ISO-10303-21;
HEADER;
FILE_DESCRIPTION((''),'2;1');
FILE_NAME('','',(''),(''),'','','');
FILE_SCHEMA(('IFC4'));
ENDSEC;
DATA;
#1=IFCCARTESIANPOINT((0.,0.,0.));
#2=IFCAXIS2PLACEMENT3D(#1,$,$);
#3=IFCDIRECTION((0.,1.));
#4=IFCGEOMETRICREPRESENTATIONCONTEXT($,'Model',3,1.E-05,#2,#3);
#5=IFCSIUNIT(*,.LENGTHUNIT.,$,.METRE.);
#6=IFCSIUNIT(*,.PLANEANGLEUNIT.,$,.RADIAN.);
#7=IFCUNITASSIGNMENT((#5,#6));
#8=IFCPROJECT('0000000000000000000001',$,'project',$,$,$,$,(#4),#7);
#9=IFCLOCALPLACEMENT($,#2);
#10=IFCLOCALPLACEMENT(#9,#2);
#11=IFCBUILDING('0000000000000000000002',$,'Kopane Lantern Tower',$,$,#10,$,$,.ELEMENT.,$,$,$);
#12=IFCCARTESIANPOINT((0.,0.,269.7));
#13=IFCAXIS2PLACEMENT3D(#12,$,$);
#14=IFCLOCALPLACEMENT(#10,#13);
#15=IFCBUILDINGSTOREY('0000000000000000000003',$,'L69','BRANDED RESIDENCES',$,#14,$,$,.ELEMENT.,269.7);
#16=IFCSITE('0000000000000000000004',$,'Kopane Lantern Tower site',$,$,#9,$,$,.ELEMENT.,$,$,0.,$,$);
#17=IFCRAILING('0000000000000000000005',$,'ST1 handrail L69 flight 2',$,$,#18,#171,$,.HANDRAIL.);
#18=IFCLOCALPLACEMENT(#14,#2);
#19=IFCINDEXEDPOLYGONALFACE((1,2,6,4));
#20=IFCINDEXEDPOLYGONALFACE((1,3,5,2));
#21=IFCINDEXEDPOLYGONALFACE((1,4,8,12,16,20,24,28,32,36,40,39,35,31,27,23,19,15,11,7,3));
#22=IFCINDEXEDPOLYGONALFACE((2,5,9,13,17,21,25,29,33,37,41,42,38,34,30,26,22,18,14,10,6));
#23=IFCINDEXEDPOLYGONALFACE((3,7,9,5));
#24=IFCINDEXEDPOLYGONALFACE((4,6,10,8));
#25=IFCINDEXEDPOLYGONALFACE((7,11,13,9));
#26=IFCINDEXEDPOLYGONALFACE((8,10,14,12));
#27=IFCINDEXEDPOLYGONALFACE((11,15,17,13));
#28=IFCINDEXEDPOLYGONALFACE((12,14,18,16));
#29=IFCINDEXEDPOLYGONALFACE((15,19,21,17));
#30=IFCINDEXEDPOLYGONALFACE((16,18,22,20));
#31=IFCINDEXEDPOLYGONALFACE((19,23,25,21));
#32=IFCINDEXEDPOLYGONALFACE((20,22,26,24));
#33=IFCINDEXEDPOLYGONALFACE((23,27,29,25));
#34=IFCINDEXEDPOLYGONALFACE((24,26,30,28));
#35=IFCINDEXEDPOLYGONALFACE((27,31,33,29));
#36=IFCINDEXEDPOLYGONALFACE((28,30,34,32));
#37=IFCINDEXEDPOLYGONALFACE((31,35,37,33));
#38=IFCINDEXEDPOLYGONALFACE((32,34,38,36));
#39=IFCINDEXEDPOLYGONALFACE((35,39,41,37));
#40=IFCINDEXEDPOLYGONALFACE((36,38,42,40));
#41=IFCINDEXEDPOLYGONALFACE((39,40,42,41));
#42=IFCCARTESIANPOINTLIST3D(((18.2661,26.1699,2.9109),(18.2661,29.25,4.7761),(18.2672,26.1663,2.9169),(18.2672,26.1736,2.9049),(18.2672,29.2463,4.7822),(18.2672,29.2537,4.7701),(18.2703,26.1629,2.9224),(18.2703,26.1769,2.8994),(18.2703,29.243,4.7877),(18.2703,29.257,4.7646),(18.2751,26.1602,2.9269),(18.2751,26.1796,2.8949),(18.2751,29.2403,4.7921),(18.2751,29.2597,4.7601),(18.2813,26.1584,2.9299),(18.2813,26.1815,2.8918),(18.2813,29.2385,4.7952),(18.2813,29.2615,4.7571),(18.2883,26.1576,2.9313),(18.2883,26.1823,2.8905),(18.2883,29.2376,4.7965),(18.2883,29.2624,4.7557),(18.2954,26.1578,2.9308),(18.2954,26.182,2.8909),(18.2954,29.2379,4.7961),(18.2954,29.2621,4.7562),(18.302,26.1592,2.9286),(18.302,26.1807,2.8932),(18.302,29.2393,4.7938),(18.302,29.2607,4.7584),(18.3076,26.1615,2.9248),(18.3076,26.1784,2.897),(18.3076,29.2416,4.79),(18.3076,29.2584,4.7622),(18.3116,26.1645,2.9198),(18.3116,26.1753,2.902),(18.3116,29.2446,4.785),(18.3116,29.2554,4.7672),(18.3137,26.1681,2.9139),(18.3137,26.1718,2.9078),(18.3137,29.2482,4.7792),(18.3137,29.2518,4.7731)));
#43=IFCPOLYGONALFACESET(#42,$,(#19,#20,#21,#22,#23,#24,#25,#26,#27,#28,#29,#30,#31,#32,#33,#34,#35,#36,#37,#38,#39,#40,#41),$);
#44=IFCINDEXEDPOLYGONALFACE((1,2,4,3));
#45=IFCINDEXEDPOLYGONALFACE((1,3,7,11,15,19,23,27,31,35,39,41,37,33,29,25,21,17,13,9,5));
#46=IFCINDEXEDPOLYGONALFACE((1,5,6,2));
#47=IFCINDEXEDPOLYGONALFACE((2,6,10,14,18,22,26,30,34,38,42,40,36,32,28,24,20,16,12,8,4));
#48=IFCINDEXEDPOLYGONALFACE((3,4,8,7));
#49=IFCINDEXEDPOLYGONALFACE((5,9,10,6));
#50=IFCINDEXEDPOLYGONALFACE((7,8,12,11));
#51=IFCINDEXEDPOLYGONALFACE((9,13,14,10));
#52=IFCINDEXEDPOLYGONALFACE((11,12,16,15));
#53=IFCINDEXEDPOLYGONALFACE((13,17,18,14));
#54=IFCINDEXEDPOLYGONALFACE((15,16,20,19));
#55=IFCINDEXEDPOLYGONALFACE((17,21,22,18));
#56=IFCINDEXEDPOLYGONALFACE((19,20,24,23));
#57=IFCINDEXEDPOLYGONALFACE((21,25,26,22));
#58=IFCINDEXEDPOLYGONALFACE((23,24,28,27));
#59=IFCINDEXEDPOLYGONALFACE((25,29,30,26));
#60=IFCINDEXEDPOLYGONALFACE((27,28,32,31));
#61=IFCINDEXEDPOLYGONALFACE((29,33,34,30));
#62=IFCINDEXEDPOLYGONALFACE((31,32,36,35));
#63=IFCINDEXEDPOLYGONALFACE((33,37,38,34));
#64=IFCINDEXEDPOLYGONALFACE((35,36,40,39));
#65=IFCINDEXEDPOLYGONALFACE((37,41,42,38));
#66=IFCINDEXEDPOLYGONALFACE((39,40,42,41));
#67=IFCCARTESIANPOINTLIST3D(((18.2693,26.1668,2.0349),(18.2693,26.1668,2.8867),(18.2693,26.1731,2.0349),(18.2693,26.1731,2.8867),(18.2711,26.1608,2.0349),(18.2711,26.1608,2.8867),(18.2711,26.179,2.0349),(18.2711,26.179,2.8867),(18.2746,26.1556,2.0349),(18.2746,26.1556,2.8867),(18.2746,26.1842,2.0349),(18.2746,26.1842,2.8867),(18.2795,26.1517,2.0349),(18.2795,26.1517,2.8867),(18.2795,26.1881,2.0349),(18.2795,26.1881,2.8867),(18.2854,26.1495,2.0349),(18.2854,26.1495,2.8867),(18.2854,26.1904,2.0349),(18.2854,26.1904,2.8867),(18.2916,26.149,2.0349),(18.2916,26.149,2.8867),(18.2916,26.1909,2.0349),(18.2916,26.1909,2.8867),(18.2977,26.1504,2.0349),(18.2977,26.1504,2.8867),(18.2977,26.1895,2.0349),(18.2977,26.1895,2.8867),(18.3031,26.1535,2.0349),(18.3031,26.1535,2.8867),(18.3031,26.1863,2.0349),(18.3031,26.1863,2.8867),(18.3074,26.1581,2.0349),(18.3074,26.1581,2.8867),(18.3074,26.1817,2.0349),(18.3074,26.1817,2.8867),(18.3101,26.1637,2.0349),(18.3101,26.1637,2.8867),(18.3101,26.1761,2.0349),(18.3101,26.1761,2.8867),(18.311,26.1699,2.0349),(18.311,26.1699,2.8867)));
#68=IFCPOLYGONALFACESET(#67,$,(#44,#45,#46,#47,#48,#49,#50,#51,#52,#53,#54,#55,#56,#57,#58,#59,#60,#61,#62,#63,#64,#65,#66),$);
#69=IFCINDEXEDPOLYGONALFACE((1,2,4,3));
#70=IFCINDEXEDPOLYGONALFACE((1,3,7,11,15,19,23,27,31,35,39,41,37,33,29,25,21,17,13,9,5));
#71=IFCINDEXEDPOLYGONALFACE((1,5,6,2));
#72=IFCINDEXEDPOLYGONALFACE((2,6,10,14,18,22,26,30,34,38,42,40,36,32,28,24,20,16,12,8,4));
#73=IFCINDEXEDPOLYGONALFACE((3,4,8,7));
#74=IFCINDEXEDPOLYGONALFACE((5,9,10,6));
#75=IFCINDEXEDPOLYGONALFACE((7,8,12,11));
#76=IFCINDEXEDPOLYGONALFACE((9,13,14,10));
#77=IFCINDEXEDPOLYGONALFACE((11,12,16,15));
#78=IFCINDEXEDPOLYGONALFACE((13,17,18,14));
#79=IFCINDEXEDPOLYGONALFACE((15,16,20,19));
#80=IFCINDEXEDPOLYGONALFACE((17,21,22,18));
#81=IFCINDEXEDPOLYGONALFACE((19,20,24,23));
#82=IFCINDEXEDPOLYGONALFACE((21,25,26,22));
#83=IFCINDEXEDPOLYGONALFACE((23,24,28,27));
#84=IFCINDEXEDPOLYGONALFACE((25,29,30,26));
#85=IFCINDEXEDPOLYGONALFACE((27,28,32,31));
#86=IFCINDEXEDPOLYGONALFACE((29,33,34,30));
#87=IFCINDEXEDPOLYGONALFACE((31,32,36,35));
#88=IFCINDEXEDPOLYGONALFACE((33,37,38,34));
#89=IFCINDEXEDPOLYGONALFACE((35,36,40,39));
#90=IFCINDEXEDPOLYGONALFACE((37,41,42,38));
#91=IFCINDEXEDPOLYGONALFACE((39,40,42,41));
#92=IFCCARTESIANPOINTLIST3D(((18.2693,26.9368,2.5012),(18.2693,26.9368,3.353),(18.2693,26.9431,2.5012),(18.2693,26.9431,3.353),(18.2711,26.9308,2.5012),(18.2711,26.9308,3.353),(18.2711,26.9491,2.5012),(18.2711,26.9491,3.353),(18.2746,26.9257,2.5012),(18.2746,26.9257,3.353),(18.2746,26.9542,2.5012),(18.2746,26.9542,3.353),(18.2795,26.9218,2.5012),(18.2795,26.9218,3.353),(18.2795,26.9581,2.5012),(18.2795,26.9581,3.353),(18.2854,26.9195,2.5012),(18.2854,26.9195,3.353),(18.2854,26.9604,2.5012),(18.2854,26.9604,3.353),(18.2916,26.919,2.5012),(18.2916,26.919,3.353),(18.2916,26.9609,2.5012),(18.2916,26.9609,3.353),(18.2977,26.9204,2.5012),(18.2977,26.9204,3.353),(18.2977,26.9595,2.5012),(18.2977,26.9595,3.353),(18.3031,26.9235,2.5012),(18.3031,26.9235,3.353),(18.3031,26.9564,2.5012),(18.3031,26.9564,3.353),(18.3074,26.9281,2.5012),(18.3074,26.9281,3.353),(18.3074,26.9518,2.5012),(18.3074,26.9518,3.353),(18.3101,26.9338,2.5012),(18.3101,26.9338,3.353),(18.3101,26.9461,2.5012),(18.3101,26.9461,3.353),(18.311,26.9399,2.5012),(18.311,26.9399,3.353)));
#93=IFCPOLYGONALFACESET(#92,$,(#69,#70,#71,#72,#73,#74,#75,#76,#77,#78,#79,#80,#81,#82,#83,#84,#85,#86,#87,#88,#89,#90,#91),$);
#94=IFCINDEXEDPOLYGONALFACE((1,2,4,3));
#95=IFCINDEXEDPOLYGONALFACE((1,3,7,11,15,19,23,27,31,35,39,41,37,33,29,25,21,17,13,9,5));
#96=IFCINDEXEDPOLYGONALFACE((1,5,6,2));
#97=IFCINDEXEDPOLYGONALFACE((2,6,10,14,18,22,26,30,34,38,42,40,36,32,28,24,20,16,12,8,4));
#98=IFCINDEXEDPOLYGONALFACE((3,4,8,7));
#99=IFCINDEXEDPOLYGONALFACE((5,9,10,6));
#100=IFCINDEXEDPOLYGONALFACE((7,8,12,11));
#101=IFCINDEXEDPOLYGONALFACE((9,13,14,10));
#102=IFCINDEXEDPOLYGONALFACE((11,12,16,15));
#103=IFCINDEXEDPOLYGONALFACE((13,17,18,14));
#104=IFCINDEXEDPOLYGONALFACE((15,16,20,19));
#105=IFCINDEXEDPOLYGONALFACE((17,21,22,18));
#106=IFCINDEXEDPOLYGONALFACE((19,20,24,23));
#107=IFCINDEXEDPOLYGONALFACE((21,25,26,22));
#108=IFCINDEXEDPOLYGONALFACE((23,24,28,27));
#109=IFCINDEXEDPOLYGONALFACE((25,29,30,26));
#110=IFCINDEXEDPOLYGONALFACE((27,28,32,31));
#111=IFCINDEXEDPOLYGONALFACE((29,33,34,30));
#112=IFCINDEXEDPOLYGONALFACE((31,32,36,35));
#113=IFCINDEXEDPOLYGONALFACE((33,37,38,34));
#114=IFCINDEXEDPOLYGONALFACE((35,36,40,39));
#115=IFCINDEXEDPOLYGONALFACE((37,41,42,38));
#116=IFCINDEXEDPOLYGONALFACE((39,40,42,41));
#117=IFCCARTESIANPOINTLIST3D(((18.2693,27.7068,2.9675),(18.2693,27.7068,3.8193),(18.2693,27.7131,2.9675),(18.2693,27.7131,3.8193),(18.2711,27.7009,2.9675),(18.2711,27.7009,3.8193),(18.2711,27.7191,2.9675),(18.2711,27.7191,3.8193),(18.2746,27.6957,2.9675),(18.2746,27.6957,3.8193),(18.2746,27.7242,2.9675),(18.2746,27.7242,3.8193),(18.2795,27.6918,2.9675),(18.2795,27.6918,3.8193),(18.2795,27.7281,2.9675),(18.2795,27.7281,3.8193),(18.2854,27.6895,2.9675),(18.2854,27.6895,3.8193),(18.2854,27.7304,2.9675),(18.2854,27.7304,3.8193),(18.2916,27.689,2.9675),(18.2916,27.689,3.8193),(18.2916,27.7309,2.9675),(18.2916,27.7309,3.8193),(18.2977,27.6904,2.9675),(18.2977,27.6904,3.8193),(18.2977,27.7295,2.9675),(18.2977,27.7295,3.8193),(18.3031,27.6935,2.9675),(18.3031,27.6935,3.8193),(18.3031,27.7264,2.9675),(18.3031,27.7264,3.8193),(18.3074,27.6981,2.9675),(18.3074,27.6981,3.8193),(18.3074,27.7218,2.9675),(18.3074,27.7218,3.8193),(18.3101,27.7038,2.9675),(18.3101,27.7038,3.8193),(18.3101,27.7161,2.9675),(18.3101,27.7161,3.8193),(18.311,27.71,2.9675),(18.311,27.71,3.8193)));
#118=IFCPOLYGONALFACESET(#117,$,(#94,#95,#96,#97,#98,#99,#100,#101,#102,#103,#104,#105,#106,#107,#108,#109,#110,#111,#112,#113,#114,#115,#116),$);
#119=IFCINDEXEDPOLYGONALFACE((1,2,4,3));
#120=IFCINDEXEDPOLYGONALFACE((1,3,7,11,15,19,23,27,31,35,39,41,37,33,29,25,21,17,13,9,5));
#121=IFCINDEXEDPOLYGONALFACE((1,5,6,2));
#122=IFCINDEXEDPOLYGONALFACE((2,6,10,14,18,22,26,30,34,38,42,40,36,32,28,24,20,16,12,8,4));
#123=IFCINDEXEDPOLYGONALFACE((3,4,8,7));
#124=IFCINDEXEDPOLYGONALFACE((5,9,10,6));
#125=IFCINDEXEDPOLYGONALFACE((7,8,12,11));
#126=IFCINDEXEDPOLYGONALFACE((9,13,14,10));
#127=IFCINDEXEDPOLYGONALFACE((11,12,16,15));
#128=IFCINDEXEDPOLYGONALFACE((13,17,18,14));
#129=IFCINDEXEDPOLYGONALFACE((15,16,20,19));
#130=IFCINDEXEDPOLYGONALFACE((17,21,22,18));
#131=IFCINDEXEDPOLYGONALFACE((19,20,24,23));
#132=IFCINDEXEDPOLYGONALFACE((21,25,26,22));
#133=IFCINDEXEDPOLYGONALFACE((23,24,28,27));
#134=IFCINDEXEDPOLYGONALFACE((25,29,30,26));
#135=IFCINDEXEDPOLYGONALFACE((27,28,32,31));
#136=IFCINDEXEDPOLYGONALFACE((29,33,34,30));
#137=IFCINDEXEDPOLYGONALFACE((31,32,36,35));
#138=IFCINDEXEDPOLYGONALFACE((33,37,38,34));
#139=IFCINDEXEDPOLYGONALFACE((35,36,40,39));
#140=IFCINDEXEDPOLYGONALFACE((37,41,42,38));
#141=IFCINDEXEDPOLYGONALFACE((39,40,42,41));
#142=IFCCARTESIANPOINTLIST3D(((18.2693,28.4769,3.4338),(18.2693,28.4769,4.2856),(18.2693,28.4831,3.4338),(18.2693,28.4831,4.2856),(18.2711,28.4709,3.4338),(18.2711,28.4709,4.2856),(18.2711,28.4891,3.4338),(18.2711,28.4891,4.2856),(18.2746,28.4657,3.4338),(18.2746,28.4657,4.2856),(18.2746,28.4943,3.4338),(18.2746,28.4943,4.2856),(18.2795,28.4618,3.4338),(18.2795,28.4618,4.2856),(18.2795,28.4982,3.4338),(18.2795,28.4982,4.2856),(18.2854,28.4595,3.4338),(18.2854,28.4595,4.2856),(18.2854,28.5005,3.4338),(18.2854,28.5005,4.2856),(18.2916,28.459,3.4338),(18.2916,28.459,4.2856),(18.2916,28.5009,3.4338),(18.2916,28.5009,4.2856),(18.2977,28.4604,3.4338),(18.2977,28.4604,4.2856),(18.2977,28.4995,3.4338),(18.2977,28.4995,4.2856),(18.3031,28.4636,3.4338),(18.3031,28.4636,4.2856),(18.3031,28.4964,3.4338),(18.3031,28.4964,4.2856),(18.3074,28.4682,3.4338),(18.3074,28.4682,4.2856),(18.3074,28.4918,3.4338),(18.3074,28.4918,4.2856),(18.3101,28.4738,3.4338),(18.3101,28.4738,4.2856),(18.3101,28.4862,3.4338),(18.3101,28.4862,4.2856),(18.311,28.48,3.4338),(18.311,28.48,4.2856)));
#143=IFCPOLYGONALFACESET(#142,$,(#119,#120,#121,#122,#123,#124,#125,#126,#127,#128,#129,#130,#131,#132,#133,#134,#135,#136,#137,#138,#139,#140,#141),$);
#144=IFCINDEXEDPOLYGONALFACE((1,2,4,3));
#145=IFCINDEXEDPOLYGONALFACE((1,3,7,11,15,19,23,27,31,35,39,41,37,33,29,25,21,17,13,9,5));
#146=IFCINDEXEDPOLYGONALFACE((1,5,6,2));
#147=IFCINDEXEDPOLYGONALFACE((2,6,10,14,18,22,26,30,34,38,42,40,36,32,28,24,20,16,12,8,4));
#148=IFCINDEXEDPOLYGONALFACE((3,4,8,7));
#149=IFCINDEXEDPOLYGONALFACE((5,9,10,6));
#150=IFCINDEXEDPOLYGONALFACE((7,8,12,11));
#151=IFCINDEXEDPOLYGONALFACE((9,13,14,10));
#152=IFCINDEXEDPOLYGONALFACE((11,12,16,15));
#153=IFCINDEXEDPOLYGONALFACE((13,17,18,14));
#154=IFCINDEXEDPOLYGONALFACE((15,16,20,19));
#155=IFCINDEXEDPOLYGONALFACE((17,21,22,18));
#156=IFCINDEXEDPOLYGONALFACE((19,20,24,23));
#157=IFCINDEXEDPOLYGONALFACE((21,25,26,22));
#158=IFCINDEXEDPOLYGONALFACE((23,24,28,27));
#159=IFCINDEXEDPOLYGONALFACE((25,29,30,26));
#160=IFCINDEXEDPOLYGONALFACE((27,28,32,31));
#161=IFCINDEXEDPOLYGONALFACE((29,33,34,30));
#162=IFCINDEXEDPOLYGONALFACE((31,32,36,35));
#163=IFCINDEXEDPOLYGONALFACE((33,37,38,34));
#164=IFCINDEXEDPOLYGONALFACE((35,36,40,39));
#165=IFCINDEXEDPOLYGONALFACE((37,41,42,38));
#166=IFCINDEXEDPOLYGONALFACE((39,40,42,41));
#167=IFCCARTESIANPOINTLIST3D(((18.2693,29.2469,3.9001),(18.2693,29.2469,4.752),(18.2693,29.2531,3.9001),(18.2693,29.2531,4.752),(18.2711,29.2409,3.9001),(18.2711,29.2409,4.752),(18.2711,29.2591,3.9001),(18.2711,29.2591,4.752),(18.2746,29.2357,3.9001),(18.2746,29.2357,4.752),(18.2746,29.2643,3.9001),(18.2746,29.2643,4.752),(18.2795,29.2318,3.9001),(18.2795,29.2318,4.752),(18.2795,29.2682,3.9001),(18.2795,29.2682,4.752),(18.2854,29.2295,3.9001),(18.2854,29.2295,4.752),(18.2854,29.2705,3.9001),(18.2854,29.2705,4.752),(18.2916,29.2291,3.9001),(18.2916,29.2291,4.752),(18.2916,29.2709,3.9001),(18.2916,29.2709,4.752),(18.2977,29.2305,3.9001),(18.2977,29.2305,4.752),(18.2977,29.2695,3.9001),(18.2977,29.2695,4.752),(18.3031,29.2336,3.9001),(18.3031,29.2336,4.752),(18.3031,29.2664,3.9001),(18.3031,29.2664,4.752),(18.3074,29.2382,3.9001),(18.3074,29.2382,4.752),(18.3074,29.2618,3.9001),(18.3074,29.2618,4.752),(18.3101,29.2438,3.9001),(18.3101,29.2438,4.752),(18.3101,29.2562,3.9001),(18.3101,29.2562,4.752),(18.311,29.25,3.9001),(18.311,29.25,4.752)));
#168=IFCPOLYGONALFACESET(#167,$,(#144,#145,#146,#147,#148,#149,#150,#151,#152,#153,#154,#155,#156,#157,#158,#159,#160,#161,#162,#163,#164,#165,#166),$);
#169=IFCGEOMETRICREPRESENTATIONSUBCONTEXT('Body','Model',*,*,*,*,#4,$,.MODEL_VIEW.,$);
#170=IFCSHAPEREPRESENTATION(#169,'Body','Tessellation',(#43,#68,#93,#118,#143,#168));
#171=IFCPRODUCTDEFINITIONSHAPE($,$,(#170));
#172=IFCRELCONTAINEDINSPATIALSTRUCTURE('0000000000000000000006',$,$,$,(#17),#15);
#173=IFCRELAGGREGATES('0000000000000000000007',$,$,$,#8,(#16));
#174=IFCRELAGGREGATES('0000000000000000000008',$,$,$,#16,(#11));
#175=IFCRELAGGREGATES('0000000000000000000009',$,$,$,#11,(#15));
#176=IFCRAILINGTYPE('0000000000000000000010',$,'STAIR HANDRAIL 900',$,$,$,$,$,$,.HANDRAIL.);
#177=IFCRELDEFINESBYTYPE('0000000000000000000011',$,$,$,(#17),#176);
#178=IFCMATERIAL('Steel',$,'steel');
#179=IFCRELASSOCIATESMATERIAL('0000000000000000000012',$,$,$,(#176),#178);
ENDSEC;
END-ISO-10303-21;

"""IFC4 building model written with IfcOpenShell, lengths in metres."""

from ifc_helpers import new_model, si_unit, direction, frame, origin, origin_2d, place, context, subcontext, project, spatial, circle, extrude, material, type_object, element, save


model = new_model("IFC4")

# Units and contexts
model_context = context("Model", 3, precision=1e-05, world=origin(), true_north=direction((0.0, 1.0)))
body_context = subcontext(model_context, "Body", "Model", "MODEL_VIEW")
ifc_project = project(units=[si_unit("LENGTHUNIT", "METRE"), si_unit("PLANEANGLEUNIT", "RADIAN")], contexts=[model_context])

# Site, building, storey
site_placement = place(None, origin())
site = spatial("IfcSite", under=ifc_project, at=site_placement, Name="Kopane Lantern Tower site", CompositionType="ELEMENT", RefElevation=0.0)
building_placement = place(site_placement, origin())
building = spatial("IfcBuilding", under=site, at=building_placement, Name="Kopane Lantern Tower", CompositionType="ELEMENT")
storey_placement = place(building_placement, frame((0.0, 0.0, 269.7)))
storey = spatial("IfcBuildingStorey", under=building, at=storey_placement, Name="L69", Description="BRANDED RESIDENCES", CompositionType="ELEMENT", Elevation=269.7)

# Railing
ifc_material_1 = material(Name="Steel", Category="steel")
railing_type_1 = type_object("IfcRailingType", Name="STAIR HANDRAIL 900", PredefinedType="HANDRAIL", material=ifc_material_1)
for number, where, name in (
    (1, (18.29, 26.1699, 2.0349), "ST1 handrail L69 flight 2"),
):
    element("IfcRailing", number, at=place(storey_placement, frame(where)), inside=storey, type_object=railing_type_1, Name=name, PredefinedType="HANDRAIL", context=body_context, shape_type="SweptSolid", body=[
        extrude(circle(Radius=0.0239, at=origin_2d()), frame((0.0, 0.0, 0.876), z_axis=(0.0, 0.85538, 0.518001), x_axis=(-1.0, 0.0, 0.0)), (0.0, 0.0, 1.0), 3.6008),
        extrude(circle(Radius=0.021, at=origin_2d()), origin(), (0.0, 0.0, 1.0), 0.8518),
        extrude(circle(Radius=0.021, at=origin_2d()), frame((0.0, 0.77, 0.4663)), (0.0, 0.0, 1.0), 0.8518),
        extrude(circle(Radius=0.021, at=origin_2d()), frame((0.0, 1.54, 0.9326)), (0.0, 0.0, 1.0), 0.8518),
        extrude(circle(Radius=0.021, at=origin_2d()), frame((0.0, 2.3101, 1.3989)), (0.0, 0.0, 1.0), 0.8518),
        extrude(circle(Radius=0.021, at=origin_2d()), frame((0.0, 3.0801, 1.8652)), (0.0, 0.0, 1.0), 0.8518),
    ])

save(model, "model.ifc")
